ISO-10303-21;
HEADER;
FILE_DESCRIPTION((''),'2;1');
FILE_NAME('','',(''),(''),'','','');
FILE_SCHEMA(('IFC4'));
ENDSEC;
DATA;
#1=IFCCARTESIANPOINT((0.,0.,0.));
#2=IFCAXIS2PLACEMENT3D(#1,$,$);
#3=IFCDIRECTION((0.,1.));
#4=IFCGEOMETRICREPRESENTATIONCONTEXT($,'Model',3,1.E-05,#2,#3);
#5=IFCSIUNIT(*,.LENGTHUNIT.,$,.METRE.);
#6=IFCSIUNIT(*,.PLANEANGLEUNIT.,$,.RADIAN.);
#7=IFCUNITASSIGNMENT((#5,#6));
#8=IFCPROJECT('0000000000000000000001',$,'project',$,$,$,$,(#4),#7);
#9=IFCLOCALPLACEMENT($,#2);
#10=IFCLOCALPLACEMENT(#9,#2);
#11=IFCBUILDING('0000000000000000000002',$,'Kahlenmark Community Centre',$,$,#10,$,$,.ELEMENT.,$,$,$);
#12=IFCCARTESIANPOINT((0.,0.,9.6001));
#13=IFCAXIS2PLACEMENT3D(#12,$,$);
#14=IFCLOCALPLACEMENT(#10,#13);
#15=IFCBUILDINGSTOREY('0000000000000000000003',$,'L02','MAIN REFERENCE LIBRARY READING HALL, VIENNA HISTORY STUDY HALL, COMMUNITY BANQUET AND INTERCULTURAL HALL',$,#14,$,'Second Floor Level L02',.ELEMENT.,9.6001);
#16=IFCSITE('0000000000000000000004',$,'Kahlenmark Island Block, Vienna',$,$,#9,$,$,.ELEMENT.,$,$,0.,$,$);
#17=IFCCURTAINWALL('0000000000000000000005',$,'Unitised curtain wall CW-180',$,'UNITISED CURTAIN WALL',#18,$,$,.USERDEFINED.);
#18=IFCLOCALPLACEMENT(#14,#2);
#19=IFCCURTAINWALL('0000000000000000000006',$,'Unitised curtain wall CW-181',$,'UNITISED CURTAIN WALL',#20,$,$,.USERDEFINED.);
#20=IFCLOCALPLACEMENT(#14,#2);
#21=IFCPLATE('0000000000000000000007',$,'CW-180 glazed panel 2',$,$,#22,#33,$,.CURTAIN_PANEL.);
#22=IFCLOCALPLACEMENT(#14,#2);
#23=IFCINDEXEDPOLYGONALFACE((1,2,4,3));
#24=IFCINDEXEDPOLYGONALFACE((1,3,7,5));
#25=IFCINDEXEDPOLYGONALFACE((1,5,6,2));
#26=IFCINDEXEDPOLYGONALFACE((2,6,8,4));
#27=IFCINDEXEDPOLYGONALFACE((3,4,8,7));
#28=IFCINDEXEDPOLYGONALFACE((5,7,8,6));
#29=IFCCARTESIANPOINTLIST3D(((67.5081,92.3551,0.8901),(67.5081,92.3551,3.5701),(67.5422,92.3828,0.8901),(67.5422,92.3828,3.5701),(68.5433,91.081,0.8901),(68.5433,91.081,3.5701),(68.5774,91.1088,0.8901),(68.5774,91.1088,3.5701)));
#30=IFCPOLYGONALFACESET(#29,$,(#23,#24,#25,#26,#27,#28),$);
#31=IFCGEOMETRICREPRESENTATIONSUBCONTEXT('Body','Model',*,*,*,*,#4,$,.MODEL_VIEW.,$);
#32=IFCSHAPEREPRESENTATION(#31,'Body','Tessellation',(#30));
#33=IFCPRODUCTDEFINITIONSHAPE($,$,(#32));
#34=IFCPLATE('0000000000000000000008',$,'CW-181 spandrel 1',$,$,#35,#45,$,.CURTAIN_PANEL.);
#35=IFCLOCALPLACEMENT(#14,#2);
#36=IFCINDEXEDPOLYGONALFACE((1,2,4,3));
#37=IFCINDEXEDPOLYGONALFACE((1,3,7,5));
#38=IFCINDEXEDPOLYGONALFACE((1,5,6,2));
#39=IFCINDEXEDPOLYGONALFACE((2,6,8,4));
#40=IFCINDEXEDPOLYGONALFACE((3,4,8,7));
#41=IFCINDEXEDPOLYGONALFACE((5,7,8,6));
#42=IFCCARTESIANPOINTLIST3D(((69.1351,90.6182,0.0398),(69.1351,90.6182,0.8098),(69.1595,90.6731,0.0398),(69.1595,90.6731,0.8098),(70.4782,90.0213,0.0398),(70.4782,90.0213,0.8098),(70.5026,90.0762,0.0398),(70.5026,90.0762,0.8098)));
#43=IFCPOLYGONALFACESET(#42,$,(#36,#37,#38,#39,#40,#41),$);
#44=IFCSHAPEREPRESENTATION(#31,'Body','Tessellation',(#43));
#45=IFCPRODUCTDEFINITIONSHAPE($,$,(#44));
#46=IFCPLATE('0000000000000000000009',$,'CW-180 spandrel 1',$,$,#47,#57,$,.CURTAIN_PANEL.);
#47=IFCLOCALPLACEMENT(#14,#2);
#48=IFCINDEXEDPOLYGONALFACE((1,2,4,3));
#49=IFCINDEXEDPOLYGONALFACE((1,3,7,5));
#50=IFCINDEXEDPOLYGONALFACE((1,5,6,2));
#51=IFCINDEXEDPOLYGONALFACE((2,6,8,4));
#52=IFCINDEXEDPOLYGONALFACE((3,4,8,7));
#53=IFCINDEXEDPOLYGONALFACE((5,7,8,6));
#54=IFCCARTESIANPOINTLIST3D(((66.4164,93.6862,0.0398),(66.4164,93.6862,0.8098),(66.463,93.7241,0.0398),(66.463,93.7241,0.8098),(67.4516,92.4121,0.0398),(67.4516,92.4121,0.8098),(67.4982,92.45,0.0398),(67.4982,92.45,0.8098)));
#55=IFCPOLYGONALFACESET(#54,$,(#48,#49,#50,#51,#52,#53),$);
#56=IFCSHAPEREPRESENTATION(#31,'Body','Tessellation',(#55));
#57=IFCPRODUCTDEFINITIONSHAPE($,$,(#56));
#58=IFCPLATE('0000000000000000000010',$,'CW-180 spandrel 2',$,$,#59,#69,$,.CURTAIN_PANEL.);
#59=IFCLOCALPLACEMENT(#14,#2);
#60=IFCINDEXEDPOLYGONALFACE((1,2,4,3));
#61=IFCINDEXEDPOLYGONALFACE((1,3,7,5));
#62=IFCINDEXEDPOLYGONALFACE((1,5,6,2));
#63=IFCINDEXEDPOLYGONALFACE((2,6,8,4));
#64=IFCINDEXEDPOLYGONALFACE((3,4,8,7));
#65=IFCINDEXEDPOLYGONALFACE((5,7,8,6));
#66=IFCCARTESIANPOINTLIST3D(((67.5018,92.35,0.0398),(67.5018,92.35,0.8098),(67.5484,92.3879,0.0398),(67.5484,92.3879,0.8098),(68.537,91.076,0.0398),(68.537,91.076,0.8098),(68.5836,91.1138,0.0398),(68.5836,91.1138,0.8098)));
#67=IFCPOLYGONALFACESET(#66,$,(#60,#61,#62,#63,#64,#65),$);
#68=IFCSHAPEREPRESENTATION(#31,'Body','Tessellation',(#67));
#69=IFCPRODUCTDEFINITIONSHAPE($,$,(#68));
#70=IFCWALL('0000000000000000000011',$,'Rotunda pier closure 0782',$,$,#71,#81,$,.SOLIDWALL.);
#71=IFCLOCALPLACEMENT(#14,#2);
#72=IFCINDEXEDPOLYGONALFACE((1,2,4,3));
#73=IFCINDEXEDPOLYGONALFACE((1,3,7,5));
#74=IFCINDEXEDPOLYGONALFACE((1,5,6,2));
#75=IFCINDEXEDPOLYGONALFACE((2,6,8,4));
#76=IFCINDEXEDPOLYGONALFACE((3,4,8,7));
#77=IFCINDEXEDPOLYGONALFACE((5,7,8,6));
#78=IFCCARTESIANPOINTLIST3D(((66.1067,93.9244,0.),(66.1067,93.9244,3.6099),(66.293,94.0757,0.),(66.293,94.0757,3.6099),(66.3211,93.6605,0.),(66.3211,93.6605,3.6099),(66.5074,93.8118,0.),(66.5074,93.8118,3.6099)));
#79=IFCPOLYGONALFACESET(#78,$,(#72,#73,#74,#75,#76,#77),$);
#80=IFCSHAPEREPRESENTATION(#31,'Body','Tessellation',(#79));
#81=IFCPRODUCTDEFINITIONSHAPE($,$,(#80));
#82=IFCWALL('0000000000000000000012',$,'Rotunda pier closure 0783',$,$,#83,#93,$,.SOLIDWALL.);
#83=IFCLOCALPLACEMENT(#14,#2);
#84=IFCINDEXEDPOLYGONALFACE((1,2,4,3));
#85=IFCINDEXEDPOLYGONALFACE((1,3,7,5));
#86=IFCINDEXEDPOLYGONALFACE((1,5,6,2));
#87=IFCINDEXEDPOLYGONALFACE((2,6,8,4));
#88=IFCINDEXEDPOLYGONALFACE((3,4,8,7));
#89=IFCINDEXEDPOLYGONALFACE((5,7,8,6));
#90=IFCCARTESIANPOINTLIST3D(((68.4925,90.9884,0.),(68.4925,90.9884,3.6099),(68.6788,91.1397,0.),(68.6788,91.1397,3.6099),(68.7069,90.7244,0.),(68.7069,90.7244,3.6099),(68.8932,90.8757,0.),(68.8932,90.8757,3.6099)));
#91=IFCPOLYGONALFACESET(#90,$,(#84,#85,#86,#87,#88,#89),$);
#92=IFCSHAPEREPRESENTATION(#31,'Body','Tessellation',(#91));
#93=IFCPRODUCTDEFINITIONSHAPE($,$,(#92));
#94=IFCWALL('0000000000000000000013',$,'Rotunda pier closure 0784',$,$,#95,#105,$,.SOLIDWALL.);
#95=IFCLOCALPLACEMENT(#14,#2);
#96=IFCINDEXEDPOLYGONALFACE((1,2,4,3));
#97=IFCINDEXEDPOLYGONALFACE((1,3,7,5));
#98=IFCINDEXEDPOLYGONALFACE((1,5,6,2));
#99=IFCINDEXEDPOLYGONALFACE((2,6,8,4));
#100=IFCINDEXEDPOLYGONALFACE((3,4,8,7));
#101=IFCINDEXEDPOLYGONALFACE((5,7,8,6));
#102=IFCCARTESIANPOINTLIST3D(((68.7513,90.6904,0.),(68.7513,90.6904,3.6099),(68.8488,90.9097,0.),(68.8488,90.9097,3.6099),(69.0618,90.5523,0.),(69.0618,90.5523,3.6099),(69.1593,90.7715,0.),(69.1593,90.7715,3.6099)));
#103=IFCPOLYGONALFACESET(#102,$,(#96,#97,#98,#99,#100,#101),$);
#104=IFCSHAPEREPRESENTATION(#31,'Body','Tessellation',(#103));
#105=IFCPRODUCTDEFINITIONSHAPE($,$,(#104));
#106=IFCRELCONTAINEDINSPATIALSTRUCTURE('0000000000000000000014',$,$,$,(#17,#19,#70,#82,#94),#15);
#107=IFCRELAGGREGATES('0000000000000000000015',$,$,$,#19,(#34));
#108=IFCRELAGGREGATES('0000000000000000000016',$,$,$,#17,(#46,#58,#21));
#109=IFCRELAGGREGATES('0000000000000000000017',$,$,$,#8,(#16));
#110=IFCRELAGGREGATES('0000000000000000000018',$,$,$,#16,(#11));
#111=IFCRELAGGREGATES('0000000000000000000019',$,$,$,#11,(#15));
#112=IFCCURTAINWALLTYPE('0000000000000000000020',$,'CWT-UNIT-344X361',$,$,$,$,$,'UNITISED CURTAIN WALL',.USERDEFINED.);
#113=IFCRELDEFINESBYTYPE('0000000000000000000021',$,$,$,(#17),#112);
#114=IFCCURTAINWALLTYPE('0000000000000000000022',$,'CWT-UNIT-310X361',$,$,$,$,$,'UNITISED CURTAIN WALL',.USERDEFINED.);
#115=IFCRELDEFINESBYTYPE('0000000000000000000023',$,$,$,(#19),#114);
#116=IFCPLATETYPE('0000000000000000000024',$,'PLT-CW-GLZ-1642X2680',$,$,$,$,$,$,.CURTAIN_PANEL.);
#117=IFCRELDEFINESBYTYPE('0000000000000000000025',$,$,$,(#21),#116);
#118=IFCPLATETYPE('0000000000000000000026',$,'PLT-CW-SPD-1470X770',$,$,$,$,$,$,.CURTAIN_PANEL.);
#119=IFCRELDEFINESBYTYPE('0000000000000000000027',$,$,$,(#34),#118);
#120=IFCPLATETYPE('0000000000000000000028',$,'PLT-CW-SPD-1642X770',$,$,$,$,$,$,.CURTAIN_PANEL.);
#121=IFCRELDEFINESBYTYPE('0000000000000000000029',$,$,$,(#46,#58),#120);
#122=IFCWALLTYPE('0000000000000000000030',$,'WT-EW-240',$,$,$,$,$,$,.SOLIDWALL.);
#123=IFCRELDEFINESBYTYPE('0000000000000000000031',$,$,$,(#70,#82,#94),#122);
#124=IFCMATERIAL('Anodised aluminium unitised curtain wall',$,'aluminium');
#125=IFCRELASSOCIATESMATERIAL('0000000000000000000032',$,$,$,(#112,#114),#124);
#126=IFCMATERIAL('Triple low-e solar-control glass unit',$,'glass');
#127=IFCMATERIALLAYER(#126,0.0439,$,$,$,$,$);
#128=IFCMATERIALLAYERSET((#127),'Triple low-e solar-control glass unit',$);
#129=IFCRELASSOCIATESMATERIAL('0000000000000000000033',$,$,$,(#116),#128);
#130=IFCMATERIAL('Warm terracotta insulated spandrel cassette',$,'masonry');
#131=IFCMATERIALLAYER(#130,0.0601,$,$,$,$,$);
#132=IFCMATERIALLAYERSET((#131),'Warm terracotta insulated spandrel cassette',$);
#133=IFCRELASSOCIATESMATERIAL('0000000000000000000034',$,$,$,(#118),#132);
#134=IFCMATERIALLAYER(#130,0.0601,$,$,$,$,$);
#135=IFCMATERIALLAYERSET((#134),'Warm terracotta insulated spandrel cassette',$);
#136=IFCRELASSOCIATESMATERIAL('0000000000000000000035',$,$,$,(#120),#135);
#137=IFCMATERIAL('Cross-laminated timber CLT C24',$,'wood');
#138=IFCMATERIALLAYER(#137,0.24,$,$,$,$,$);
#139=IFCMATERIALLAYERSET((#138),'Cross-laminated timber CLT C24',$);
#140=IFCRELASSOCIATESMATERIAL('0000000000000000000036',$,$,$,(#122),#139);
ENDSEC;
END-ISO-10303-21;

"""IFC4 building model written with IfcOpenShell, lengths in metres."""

from ifc_helpers import new_model, si_unit, direction, frame, frame_2d, origin, origin_2d, place, context, subcontext, project, spatial, rectangle, extrude, material, layer, layer_set, type_object, element, aggregate, save


model = new_model("IFC4")

# Units and contexts
model_context = context("Model", 3, precision=1e-05, world=origin(), true_north=direction((0.0, 1.0)))
body_context = subcontext(model_context, "Body", "Model", "MODEL_VIEW")
ifc_project = project(units=[si_unit("LENGTHUNIT", "METRE"), si_unit("PLANEANGLEUNIT", "RADIAN")], contexts=[model_context])

# Site, building, storey
site_placement = place(None, origin())
site = spatial("IfcSite", under=ifc_project, at=site_placement, Name="Kahlenmark Island Block, Vienna", CompositionType="ELEMENT", RefElevation=0.0)
building_placement = place(site_placement, origin())
building = spatial("IfcBuilding", under=site, at=building_placement, Name="Kahlenmark Community Centre", CompositionType="ELEMENT")
storey_placement = place(building_placement, frame((0.0, 0.0, 9.6001)))
storey = spatial("IfcBuildingStorey", under=building, at=storey_placement, Name="L02", Description="MAIN REFERENCE LIBRARY READING HALL, VIENNA HISTORY STUDY HALL, COMMUNITY BANQUET AND INTERCULTURAL HALL", LongName="Second Floor Level L02", CompositionType="ELEMENT", Elevation=9.6001)

# Curtain wall
ifc_material_1 = material(Name="Anodised aluminium unitised curtain wall", Category="aluminium")
curtain_wall_type_1 = type_object("IfcCurtainWallType", Name="CWT-UNIT-344X361", ElementType="UNITISED CURTAIN WALL", PredefinedType="USERDEFINED", material=ifc_material_1)
curtain_wall_1_placement = place(storey_placement, origin())
curtain_wall_1 = element("IfcCurtainWall", 1, at=curtain_wall_1_placement, inside=storey, type_object=curtain_wall_type_1, Name="Unitised curtain wall CW-180", ObjectType="UNITISED CURTAIN WALL", PredefinedType="USERDEFINED")

# Curtain wall
curtain_wall_type_2 = type_object("IfcCurtainWallType", Name="CWT-UNIT-310X361", ElementType="UNITISED CURTAIN WALL", PredefinedType="USERDEFINED", material=ifc_material_1)
curtain_wall_2_placement = place(storey_placement, origin())
curtain_wall_2 = element("IfcCurtainWall", 2, at=curtain_wall_2_placement, inside=storey, type_object=curtain_wall_type_2, Name="Unitised curtain wall CW-181", ObjectType="UNITISED CURTAIN WALL", PredefinedType="USERDEFINED")

# Plates
ifc_material_2 = material(Name="Triple low-e solar-control glass unit", Category="glass")
ifc_layer_1 = layer(ifc_material_2, 0.0439)
ifc_layer_set_1 = layer_set([ifc_layer_1], Name="Triple low-e solar-control glass unit")
plate_type_1 = type_object("IfcPlateType", Name="PLT-CW-GLZ-1642X2680", PredefinedType="CURTAIN_PANEL", material=ifc_layer_set_1)
plate_1_placement = place(storey_placement, frame((68.0427, 91.7319, 0.8901), z_axis=(0.0, 0.0, 1.0), x_axis=(0.630599, -0.776109, 0.0)))
plate_1 = element("IfcPlate", 3, at=plate_1_placement, type_object=plate_type_1, Name="CW-180 glazed panel 2", PredefinedType="CURTAIN_PANEL", context=body_context, shape_type="SweptSolid", body=[
    extrude(rectangle(XDim=1.6416, YDim=0.0439, at=origin_2d()), origin(), (0.0, 0.0, 1.0), 2.6799),
])
ifc_material_3 = material(Name="Warm terracotta insulated spandrel cassette", Category="masonry")
ifc_layer_2 = layer(ifc_material_3, 0.0601)
ifc_layer_set_2 = layer_set([ifc_layer_2], Name="Warm terracotta insulated spandrel cassette")
plate_type_2 = type_object("IfcPlateType", Name="PLT-CW-SPD-1470X770", PredefinedType="CURTAIN_PANEL", material=ifc_layer_set_2)
plate_2_placement = place(storey_placement, frame((69.8188, 90.3472, 0.0398), z_axis=(0.0, 0.0, 1.0), x_axis=(0.913817, -0.406126, 0.0)))
plate_2 = element("IfcPlate", 4, at=plate_2_placement, type_object=plate_type_2, Name="CW-181 spandrel 1", PredefinedType="CURTAIN_PANEL", context=body_context, shape_type="SweptSolid", body=[
    extrude(rectangle(XDim=1.4697, YDim=0.0601, at=origin_2d()), origin(), (0.0, 0.0, 1.0), 0.77),
])
aggregate(curtain_wall_2, [plate_2])
ifc_layer_3 = layer(ifc_material_3, 0.0601)
ifc_layer_set_3 = layer_set([ifc_layer_3], Name="Warm terracotta insulated spandrel cassette")
plate_type_3 = type_object("IfcPlateType", Name="PLT-CW-SPD-1642X770", PredefinedType="CURTAIN_PANEL", material=ifc_layer_set_3)
plate_3_placement = place(storey_placement, frame((66.9573, 93.0681, 0.0398), z_axis=(0.0, 0.0, 1.0), x_axis=(0.630599, -0.776109, 0.0)))
plate_3 = element("IfcPlate", 5, at=plate_3_placement, type_object=plate_type_3, Name="CW-180 spandrel 1", PredefinedType="CURTAIN_PANEL", context=body_context, shape_type="SweptSolid", body=[
    extrude(rectangle(XDim=1.6416, YDim=0.0601, at=origin_2d()), origin(), (0.0, 0.0, 1.0), 0.77),
])
plate_4_placement = place(storey_placement, frame((68.0427, 91.7319, 0.0398), z_axis=(0.0, 0.0, 1.0), x_axis=(0.630599, -0.776109, 0.0)))
plate_4 = element("IfcPlate", 6, at=plate_4_placement, type_object=plate_type_3, Name="CW-180 spandrel 2", PredefinedType="CURTAIN_PANEL", context=body_context, shape_type="SweptSolid", body=[
    extrude(rectangle(XDim=1.6416, YDim=0.0601, at=origin_2d()), origin(), (0.0, 0.0, 1.0), 0.77),
])
aggregate(curtain_wall_1, [plate_3, plate_4, plate_1])

# Walls
ifc_material_4 = material(Name="Cross-laminated timber CLT C24", Category="wood")
ifc_layer_4 = layer(ifc_material_4, 0.24)
ifc_layer_set_4 = layer_set([ifc_layer_4], Name="Cross-laminated timber CLT C24")
wall_type = type_object("IfcWallType", Name="WT-EW-240", PredefinedType="SOLIDWALL", material=ifc_layer_set_4)
for number, where, z_axis, x_axis, name in (
    (7, (66.2, 94.0, 0.0), (0.0, 0.0, 1.0), (0.630457, -0.776224, 0.0), "Rotunda pier closure 0782"),
    (8, (68.5857, 91.064, 0.0), (0.0, 0.0, 1.0), (0.630457, -0.776224, 0.0), "Rotunda pier closure 0783"),
):
    element("IfcWall", number, at=place(storey_placement, frame(where, z_axis=z_axis, x_axis=x_axis)), inside=storey, type_object=wall_type, Name=name, PredefinedType="SOLIDWALL", context=body_context, shape_type="SweptSolid", body=[
        extrude(rectangle(XDim=0.3401, YDim=0.24, at=frame_2d((0.1699, 0.0))), origin(), (0.0, 0.0, 1.0), 3.6099),
    ])
wall_placement = place(storey_placement, frame((68.8, 90.8, 0.0), z_axis=(0.0, 0.0, 1.0), x_axis=(0.913634, -0.406538, 0.0)))
element("IfcWall", 9, at=wall_placement, inside=storey, type_object=wall_type, Name="Rotunda pier closure 0784", PredefinedType="SOLIDWALL", context=body_context, shape_type="SweptSolid", body=[
    extrude(rectangle(XDim=0.3398, YDim=0.24, at=frame_2d((0.1699, 0.0))), origin(), (0.0, 0.0, 1.0), 3.6099),
])

save(model, "model.ifc")
